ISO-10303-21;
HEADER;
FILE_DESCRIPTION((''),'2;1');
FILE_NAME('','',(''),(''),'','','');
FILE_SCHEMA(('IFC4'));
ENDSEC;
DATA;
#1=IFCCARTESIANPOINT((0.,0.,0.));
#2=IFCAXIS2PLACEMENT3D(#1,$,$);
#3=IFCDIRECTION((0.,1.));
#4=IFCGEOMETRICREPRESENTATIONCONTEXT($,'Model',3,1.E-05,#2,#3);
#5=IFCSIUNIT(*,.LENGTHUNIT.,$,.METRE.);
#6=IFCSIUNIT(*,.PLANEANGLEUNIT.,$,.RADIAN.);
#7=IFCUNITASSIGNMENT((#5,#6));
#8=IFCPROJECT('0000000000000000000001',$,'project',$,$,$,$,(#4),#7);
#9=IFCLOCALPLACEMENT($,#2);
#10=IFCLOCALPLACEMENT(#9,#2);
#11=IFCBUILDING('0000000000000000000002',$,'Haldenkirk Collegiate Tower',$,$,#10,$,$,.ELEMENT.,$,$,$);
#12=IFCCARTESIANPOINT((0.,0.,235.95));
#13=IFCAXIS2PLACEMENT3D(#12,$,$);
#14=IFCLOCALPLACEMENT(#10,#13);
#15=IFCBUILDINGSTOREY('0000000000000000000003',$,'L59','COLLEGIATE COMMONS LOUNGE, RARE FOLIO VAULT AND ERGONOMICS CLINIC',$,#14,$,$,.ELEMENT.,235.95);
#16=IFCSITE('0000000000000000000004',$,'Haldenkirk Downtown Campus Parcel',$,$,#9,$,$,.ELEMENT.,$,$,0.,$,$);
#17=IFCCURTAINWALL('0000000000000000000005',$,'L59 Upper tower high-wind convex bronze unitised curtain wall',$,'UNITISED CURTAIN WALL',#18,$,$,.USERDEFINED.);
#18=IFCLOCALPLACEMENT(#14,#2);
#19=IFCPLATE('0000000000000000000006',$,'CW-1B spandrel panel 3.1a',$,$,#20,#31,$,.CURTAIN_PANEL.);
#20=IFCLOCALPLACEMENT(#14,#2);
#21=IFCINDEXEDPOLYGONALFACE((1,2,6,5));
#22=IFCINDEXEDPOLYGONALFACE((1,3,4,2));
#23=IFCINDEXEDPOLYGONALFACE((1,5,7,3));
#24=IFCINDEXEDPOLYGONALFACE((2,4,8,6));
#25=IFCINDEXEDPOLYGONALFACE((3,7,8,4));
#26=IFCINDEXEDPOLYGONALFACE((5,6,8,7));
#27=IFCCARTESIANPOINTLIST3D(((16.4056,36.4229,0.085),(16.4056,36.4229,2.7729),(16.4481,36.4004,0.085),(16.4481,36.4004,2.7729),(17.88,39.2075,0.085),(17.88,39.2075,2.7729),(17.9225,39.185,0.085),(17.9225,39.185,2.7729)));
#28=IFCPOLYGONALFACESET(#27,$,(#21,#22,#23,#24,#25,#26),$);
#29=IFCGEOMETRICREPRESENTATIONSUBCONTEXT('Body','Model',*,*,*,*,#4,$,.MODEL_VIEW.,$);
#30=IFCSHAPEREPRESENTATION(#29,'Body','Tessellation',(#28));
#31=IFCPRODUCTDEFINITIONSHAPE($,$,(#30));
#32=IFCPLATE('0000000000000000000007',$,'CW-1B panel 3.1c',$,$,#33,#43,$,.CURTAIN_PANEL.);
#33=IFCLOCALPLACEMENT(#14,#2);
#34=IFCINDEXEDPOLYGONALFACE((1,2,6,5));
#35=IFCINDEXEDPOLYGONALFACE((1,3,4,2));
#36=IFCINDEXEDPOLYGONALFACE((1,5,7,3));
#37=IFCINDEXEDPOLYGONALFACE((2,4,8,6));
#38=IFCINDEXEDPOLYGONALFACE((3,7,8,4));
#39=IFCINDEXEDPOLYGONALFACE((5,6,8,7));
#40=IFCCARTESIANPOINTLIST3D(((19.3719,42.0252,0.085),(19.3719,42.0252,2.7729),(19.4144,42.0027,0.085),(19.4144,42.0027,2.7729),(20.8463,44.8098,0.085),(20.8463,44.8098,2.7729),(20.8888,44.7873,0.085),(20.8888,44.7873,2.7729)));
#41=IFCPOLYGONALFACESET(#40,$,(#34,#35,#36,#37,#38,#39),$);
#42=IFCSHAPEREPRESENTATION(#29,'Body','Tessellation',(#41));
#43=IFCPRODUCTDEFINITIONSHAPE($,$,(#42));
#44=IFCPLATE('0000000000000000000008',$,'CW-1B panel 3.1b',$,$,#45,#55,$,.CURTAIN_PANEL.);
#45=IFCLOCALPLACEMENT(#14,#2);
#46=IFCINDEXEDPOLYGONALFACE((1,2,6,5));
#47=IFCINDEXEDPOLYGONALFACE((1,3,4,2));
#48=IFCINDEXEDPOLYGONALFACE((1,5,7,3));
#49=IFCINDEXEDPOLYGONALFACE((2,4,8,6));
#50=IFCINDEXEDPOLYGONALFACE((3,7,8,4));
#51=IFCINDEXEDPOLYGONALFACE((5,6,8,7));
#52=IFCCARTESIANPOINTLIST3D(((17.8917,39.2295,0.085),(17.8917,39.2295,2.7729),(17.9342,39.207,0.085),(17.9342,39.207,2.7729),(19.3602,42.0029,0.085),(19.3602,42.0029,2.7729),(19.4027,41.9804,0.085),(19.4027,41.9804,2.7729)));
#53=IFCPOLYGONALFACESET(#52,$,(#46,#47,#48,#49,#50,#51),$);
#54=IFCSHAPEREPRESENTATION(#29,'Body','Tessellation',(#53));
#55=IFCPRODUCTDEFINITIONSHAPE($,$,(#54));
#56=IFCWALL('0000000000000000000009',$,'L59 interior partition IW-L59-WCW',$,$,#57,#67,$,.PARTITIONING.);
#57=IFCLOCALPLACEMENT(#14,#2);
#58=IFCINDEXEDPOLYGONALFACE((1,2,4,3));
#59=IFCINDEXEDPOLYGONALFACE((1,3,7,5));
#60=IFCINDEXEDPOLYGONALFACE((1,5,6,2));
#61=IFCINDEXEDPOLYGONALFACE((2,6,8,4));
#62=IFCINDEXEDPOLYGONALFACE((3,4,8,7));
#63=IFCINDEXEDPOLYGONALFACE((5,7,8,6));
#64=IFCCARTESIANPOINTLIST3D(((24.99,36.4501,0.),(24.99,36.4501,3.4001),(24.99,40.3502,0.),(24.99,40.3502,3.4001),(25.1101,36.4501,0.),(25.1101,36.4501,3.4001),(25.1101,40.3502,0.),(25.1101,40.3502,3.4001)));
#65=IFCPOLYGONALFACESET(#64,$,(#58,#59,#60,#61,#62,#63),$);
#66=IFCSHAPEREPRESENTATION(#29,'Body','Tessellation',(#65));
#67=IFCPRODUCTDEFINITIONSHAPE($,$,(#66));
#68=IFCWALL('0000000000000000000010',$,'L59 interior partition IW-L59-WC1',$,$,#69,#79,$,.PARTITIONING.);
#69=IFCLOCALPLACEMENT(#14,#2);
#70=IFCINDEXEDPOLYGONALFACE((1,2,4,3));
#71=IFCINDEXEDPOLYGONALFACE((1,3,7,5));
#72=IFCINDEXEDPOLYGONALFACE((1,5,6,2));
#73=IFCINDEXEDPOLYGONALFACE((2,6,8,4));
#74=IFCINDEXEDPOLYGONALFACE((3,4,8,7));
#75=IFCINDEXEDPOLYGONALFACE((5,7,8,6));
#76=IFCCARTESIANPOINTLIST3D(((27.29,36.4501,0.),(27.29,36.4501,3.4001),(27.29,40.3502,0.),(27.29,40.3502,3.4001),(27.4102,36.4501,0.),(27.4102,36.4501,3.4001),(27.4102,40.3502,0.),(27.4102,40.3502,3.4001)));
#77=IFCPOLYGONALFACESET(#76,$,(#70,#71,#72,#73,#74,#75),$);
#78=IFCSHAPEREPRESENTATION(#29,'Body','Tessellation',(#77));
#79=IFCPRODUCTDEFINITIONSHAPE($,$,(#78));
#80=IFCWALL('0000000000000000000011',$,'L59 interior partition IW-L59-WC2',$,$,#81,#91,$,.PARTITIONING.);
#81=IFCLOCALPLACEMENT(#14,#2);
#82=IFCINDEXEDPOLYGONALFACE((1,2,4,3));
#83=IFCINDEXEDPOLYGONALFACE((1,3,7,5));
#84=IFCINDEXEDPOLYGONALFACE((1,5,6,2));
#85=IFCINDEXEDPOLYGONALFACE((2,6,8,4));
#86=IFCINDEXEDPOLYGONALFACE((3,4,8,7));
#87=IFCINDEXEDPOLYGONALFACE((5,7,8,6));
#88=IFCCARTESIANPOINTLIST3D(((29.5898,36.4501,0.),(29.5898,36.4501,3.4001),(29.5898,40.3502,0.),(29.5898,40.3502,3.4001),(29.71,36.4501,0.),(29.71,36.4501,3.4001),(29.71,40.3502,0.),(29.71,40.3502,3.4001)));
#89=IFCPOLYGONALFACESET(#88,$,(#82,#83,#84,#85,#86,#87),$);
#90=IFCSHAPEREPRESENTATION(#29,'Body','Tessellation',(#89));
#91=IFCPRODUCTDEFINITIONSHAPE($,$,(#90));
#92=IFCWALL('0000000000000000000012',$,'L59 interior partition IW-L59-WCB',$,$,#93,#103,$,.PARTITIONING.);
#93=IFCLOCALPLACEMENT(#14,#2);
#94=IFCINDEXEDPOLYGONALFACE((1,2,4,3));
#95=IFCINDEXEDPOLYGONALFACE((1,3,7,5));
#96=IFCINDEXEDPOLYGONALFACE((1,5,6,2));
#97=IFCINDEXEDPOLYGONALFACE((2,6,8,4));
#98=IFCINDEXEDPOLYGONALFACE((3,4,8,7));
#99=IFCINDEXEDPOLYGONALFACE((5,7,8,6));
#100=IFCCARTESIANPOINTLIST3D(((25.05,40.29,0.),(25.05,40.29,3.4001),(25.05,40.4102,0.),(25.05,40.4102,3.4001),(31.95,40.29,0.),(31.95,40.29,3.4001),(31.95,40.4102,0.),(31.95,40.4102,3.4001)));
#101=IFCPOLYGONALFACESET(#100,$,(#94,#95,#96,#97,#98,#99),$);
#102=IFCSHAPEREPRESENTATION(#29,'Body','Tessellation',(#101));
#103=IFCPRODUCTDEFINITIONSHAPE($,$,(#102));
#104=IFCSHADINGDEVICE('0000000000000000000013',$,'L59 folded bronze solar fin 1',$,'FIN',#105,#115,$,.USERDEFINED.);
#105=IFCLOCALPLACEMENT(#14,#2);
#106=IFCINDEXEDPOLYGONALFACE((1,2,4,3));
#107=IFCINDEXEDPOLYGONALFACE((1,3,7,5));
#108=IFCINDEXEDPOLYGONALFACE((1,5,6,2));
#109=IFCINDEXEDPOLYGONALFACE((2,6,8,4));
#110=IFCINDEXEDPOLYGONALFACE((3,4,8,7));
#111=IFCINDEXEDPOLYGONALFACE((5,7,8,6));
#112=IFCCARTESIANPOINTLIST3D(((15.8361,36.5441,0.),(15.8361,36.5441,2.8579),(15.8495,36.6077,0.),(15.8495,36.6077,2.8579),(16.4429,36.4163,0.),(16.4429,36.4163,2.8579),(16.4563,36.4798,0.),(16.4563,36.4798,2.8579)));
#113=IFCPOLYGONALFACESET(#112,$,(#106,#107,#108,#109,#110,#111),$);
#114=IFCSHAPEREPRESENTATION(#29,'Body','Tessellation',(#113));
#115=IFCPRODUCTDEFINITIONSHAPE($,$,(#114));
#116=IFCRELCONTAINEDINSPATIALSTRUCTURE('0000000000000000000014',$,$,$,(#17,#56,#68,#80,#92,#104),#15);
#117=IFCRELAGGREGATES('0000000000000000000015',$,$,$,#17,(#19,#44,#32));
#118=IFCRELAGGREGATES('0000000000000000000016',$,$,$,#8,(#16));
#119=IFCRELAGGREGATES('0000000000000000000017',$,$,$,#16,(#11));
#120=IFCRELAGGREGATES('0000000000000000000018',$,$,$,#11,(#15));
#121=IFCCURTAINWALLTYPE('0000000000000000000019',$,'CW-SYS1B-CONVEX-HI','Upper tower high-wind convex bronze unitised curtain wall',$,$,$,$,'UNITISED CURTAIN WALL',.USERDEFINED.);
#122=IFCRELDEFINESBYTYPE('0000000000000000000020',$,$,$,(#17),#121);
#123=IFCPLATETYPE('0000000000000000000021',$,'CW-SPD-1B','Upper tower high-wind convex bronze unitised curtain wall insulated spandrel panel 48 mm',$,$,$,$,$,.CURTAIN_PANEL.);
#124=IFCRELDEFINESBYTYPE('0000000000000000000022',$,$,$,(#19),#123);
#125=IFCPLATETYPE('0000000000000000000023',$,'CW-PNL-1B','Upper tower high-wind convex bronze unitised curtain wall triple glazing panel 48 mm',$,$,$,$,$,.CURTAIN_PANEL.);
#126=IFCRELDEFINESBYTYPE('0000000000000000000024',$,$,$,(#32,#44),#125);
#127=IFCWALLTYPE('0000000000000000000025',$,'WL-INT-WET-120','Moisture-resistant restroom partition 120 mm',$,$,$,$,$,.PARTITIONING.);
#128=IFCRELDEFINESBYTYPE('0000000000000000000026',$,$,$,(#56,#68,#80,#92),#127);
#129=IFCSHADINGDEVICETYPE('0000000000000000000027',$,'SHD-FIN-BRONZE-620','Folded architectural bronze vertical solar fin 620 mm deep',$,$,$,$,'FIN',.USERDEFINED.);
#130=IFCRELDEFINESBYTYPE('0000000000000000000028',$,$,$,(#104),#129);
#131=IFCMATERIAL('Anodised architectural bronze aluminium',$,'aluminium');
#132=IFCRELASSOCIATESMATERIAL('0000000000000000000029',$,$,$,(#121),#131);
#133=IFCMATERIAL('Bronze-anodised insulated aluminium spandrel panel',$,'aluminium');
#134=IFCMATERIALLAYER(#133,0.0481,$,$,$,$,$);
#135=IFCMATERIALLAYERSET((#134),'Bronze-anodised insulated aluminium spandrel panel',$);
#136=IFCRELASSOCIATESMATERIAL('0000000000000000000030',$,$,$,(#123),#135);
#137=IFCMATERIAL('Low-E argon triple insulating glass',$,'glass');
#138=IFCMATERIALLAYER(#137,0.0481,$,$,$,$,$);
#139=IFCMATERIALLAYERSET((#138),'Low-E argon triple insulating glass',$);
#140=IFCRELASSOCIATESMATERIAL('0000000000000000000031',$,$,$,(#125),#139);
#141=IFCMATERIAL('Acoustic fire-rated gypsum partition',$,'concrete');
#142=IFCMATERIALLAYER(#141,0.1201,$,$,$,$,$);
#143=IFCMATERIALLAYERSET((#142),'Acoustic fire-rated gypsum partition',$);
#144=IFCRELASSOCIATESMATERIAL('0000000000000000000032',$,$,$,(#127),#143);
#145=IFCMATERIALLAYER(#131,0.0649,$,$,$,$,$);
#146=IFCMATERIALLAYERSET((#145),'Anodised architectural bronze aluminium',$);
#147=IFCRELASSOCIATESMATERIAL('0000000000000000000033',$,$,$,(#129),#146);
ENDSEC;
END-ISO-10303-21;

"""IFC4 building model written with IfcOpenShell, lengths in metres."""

from ifc_helpers import new_model, si_unit, direction, frame, frame_2d, origin, origin_2d, place, context, subcontext, project, spatial, rectangle, extrude, source, transform, mapped, material, layer, layer_set, type_object, element, aggregate, save


model = new_model("IFC4")

# Units and contexts
model_context = context("Model", 3, precision=1e-05, world=origin(), true_north=direction((0.0, 1.0)))
body_context = subcontext(model_context, "Body", "Model", "MODEL_VIEW")
ifc_project = project(units=[si_unit("LENGTHUNIT", "METRE"), si_unit("PLANEANGLEUNIT", "RADIAN")], contexts=[model_context])

# Site, building, storey
site_placement = place(None, origin())
site = spatial("IfcSite", under=ifc_project, at=site_placement, Name="Haldenkirk Downtown Campus Parcel", CompositionType="ELEMENT", RefElevation=0.0)
building_placement = place(site_placement, origin())
building = spatial("IfcBuilding", under=site, at=building_placement, Name="Haldenkirk Collegiate Tower", CompositionType="ELEMENT")
storey_placement = place(building_placement, frame((0.0, 0.0, 235.95)))
storey = spatial("IfcBuildingStorey", under=building, at=storey_placement, Name="L59", Description="COLLEGIATE COMMONS LOUNGE, RARE FOLIO VAULT AND ERGONOMICS CLINIC", CompositionType="ELEMENT", Elevation=235.95)

# Curtain wall
ifc_material_1 = material(Name="Anodised architectural bronze aluminium", Category="aluminium")
curtain_wall_type = type_object("IfcCurtainWallType", Name="CW-SYS1B-CONVEX-HI", Description="Upper tower high-wind convex bronze unitised curtain wall", ElementType="UNITISED CURTAIN WALL", PredefinedType="USERDEFINED", material=ifc_material_1)
curtain_wall_placement = place(storey_placement, origin())
curtain_wall = element("IfcCurtainWall", 1, at=curtain_wall_placement, inside=storey, type_object=curtain_wall_type, Name="L59 Upper tower high-wind convex bronze unitised curtain wall", ObjectType="UNITISED CURTAIN WALL", PredefinedType="USERDEFINED")

# Plates
ifc_material_2 = material(Name="Bronze-anodised insulated aluminium spandrel panel", Category="aluminium")
ifc_layer_1 = layer(ifc_material_2, 0.0481)
ifc_layer_set_1 = layer_set([ifc_layer_1], Name="Bronze-anodised insulated aluminium spandrel panel")
plate_type_1 = type_object("IfcPlateType", Name="CW-SPD-1B", Description="Upper tower high-wind convex bronze unitised curtain wall insulated spandrel panel 48 mm", PredefinedType="CURTAIN_PANEL", material=ifc_layer_set_1)
shared_shape_1 = source(origin(), body_context, "Body", "SweptSolid", [
    extrude(rectangle(XDim=3.1509, YDim=0.0481, at=origin_2d()), origin(), (0.0, 0.0, 1.0), 2.688),
])
plate_1_placement = place(storey_placement, frame((17.1641, 37.804, 0.085), z_axis=(0.0, 0.0, 1.0), x_axis=(0.467932, 0.883765, 0.0)))
plate_1 = element("IfcPlate", 2, at=plate_1_placement, type_object=plate_type_1, Name="CW-1B spandrel panel 3.1a", PredefinedType="CURTAIN_PANEL", context=body_context, shape_type="MappedRepresentation", body=[
    mapped(shared_shape_1, transform((0.0, 0.0, 0.0), x_axis=(1.0, 0.0, 0.0), y_axis=(0.0, 1.0, 0.0), z_axis=(0.0, 0.0, 1.0), scale=1.0)),
])
ifc_material_3 = material(Name="Low-E argon triple insulating glass", Category="glass")
ifc_layer_2 = layer(ifc_material_3, 0.0481)
ifc_layer_set_2 = layer_set([ifc_layer_2], Name="Low-E argon triple insulating glass")
plate_type_2 = type_object("IfcPlateType", Name="CW-PNL-1B", Description="Upper tower high-wind convex bronze unitised curtain wall triple glazing panel 48 mm", PredefinedType="CURTAIN_PANEL", material=ifc_layer_set_2)
plate_2_placement = place(storey_placement, frame((20.1304, 43.4062, 0.085), z_axis=(0.0, 0.0, 1.0), x_axis=(0.467932, 0.883765, 0.0)))
plate_2 = element("IfcPlate", 3, at=plate_2_placement, type_object=plate_type_2, Name="CW-1B panel 3.1c", PredefinedType="CURTAIN_PANEL", context=body_context, shape_type="MappedRepresentation", body=[
    mapped(shared_shape_1, transform((0.0, 0.0, 0.0), x_axis=(1.0, 0.0, 0.0), y_axis=(0.0, 1.0, 0.0), z_axis=(0.0, 0.0, 1.0), scale=1.0)),
])
shared_shape_2 = source(origin(), body_context, "Body", "SweptSolid", [
    extrude(rectangle(XDim=3.1382, YDim=0.0481, at=origin_2d()), origin(), (0.0, 0.0, 1.0), 2.688),
])
plate_3_placement = place(storey_placement, frame((18.6472, 40.605, 0.085), z_axis=(0.0, 0.0, 1.0), x_axis=(0.467932, 0.883765, 0.0)))
plate_3 = element("IfcPlate", 4, at=plate_3_placement, type_object=plate_type_2, Name="CW-1B panel 3.1b", PredefinedType="CURTAIN_PANEL", context=body_context, shape_type="MappedRepresentation", body=[
    mapped(shared_shape_2, transform((0.0, 0.0, 0.0), x_axis=(1.0, 0.0, 0.0), y_axis=(0.0, 1.0, 0.0), z_axis=(0.0, 0.0, 1.0), scale=1.0)),
])
aggregate(curtain_wall, [plate_1, plate_3, plate_2])

# Shared definitions
ifc_material_4 = material(Name="Acoustic fire-rated gypsum partition", Category="concrete")

# Walls
ifc_layer_3 = layer(ifc_material_4, 0.1201)
ifc_layer_set_3 = layer_set([ifc_layer_3], Name="Acoustic fire-rated gypsum partition")
wall_type_1 = type_object("IfcWallType", Name="WL-INT-WET-120", Description="Moisture-resistant restroom partition 120 mm", PredefinedType="PARTITIONING", material=ifc_layer_set_3)
for number, where, z_axis, x_axis, name in (
    (5, (25.05, 36.45, 0.0), (0.0, 0.0, 1.0), (0.0, 1.0, 0.0), "L59 interior partition IW-L59-WCW"),
    (6, (27.3501, 36.45, 0.0), (0.0, 0.0, 1.0), (0.0, 1.0, 0.0), "L59 interior partition IW-L59-WC1"),
    (7, (29.6499, 36.45, 0.0), (0.0, 0.0, 1.0), (0.0, 1.0, 0.0), "L59 interior partition IW-L59-WC2"),
):
    element("IfcWall", number, at=place(storey_placement, frame(where, z_axis=z_axis, x_axis=x_axis)), inside=storey, type_object=wall_type_1, Name=name, PredefinedType="PARTITIONING", context=body_context, shape_type="SweptSolid", body=[
        extrude(rectangle(XDim=3.9001, YDim=0.1201, at=frame_2d((1.9502, 0.0))), origin(), (0.0, 0.0, 1.0), 3.4001),
    ])
wall_1_placement = place(storey_placement, frame((25.05, 40.3501, 0.0), z_axis=(0.0, 0.0, 1.0), x_axis=(1.0, 0.0, 0.0)))
element("IfcWall", 8, at=wall_1_placement, inside=storey, type_object=wall_type_1, Name="L59 interior partition IW-L59-WCB", PredefinedType="PARTITIONING", context=body_context, shape_type="SweptSolid", body=[
    extrude(rectangle(XDim=6.8999, YDim=0.1201, at=frame_2d((3.45, 0.0))), origin(), (0.0, 0.0, 1.0), 3.4001),
])

# Shading device
ifc_layer_4 = layer(ifc_material_1, 0.0649)
ifc_layer_set_4 = layer_set([ifc_layer_4], Name="Anodised architectural bronze aluminium")
shading_device_type = type_object("IfcShadingDeviceType", Name="SHD-FIN-BRONZE-620", Description="Folded architectural bronze vertical solar fin 620 mm deep", ElementType="FIN", PredefinedType="USERDEFINED", material=ifc_layer_set_4)
shared_shape_3 = source(origin(), body_context, "Body", "SweptSolid", [
    extrude(rectangle(XDim=0.6201, YDim=0.0649, at=origin_2d()), origin(), (0.0, 0.0, 1.0), 2.8579),
])
shading_device_placement = place(storey_placement, frame((16.1462, 36.512, 0.0), z_axis=(0.0, 0.0, 1.0), x_axis=(-0.978509, 0.206204, 0.0)))
element("IfcShadingDevice", 9, at=shading_device_placement, inside=storey, type_object=shading_device_type, Name="L59 folded bronze solar fin 1", ObjectType="FIN", PredefinedType="USERDEFINED", context=body_context, shape_type="MappedRepresentation", body=[
    mapped(shared_shape_3, transform((0.0, 0.0, 0.0), x_axis=(1.0, 0.0, 0.0), y_axis=(0.0, 1.0, 0.0), z_axis=(0.0, 0.0, 1.0), scale=1.0)),
])

save(model, "model.ifc")
